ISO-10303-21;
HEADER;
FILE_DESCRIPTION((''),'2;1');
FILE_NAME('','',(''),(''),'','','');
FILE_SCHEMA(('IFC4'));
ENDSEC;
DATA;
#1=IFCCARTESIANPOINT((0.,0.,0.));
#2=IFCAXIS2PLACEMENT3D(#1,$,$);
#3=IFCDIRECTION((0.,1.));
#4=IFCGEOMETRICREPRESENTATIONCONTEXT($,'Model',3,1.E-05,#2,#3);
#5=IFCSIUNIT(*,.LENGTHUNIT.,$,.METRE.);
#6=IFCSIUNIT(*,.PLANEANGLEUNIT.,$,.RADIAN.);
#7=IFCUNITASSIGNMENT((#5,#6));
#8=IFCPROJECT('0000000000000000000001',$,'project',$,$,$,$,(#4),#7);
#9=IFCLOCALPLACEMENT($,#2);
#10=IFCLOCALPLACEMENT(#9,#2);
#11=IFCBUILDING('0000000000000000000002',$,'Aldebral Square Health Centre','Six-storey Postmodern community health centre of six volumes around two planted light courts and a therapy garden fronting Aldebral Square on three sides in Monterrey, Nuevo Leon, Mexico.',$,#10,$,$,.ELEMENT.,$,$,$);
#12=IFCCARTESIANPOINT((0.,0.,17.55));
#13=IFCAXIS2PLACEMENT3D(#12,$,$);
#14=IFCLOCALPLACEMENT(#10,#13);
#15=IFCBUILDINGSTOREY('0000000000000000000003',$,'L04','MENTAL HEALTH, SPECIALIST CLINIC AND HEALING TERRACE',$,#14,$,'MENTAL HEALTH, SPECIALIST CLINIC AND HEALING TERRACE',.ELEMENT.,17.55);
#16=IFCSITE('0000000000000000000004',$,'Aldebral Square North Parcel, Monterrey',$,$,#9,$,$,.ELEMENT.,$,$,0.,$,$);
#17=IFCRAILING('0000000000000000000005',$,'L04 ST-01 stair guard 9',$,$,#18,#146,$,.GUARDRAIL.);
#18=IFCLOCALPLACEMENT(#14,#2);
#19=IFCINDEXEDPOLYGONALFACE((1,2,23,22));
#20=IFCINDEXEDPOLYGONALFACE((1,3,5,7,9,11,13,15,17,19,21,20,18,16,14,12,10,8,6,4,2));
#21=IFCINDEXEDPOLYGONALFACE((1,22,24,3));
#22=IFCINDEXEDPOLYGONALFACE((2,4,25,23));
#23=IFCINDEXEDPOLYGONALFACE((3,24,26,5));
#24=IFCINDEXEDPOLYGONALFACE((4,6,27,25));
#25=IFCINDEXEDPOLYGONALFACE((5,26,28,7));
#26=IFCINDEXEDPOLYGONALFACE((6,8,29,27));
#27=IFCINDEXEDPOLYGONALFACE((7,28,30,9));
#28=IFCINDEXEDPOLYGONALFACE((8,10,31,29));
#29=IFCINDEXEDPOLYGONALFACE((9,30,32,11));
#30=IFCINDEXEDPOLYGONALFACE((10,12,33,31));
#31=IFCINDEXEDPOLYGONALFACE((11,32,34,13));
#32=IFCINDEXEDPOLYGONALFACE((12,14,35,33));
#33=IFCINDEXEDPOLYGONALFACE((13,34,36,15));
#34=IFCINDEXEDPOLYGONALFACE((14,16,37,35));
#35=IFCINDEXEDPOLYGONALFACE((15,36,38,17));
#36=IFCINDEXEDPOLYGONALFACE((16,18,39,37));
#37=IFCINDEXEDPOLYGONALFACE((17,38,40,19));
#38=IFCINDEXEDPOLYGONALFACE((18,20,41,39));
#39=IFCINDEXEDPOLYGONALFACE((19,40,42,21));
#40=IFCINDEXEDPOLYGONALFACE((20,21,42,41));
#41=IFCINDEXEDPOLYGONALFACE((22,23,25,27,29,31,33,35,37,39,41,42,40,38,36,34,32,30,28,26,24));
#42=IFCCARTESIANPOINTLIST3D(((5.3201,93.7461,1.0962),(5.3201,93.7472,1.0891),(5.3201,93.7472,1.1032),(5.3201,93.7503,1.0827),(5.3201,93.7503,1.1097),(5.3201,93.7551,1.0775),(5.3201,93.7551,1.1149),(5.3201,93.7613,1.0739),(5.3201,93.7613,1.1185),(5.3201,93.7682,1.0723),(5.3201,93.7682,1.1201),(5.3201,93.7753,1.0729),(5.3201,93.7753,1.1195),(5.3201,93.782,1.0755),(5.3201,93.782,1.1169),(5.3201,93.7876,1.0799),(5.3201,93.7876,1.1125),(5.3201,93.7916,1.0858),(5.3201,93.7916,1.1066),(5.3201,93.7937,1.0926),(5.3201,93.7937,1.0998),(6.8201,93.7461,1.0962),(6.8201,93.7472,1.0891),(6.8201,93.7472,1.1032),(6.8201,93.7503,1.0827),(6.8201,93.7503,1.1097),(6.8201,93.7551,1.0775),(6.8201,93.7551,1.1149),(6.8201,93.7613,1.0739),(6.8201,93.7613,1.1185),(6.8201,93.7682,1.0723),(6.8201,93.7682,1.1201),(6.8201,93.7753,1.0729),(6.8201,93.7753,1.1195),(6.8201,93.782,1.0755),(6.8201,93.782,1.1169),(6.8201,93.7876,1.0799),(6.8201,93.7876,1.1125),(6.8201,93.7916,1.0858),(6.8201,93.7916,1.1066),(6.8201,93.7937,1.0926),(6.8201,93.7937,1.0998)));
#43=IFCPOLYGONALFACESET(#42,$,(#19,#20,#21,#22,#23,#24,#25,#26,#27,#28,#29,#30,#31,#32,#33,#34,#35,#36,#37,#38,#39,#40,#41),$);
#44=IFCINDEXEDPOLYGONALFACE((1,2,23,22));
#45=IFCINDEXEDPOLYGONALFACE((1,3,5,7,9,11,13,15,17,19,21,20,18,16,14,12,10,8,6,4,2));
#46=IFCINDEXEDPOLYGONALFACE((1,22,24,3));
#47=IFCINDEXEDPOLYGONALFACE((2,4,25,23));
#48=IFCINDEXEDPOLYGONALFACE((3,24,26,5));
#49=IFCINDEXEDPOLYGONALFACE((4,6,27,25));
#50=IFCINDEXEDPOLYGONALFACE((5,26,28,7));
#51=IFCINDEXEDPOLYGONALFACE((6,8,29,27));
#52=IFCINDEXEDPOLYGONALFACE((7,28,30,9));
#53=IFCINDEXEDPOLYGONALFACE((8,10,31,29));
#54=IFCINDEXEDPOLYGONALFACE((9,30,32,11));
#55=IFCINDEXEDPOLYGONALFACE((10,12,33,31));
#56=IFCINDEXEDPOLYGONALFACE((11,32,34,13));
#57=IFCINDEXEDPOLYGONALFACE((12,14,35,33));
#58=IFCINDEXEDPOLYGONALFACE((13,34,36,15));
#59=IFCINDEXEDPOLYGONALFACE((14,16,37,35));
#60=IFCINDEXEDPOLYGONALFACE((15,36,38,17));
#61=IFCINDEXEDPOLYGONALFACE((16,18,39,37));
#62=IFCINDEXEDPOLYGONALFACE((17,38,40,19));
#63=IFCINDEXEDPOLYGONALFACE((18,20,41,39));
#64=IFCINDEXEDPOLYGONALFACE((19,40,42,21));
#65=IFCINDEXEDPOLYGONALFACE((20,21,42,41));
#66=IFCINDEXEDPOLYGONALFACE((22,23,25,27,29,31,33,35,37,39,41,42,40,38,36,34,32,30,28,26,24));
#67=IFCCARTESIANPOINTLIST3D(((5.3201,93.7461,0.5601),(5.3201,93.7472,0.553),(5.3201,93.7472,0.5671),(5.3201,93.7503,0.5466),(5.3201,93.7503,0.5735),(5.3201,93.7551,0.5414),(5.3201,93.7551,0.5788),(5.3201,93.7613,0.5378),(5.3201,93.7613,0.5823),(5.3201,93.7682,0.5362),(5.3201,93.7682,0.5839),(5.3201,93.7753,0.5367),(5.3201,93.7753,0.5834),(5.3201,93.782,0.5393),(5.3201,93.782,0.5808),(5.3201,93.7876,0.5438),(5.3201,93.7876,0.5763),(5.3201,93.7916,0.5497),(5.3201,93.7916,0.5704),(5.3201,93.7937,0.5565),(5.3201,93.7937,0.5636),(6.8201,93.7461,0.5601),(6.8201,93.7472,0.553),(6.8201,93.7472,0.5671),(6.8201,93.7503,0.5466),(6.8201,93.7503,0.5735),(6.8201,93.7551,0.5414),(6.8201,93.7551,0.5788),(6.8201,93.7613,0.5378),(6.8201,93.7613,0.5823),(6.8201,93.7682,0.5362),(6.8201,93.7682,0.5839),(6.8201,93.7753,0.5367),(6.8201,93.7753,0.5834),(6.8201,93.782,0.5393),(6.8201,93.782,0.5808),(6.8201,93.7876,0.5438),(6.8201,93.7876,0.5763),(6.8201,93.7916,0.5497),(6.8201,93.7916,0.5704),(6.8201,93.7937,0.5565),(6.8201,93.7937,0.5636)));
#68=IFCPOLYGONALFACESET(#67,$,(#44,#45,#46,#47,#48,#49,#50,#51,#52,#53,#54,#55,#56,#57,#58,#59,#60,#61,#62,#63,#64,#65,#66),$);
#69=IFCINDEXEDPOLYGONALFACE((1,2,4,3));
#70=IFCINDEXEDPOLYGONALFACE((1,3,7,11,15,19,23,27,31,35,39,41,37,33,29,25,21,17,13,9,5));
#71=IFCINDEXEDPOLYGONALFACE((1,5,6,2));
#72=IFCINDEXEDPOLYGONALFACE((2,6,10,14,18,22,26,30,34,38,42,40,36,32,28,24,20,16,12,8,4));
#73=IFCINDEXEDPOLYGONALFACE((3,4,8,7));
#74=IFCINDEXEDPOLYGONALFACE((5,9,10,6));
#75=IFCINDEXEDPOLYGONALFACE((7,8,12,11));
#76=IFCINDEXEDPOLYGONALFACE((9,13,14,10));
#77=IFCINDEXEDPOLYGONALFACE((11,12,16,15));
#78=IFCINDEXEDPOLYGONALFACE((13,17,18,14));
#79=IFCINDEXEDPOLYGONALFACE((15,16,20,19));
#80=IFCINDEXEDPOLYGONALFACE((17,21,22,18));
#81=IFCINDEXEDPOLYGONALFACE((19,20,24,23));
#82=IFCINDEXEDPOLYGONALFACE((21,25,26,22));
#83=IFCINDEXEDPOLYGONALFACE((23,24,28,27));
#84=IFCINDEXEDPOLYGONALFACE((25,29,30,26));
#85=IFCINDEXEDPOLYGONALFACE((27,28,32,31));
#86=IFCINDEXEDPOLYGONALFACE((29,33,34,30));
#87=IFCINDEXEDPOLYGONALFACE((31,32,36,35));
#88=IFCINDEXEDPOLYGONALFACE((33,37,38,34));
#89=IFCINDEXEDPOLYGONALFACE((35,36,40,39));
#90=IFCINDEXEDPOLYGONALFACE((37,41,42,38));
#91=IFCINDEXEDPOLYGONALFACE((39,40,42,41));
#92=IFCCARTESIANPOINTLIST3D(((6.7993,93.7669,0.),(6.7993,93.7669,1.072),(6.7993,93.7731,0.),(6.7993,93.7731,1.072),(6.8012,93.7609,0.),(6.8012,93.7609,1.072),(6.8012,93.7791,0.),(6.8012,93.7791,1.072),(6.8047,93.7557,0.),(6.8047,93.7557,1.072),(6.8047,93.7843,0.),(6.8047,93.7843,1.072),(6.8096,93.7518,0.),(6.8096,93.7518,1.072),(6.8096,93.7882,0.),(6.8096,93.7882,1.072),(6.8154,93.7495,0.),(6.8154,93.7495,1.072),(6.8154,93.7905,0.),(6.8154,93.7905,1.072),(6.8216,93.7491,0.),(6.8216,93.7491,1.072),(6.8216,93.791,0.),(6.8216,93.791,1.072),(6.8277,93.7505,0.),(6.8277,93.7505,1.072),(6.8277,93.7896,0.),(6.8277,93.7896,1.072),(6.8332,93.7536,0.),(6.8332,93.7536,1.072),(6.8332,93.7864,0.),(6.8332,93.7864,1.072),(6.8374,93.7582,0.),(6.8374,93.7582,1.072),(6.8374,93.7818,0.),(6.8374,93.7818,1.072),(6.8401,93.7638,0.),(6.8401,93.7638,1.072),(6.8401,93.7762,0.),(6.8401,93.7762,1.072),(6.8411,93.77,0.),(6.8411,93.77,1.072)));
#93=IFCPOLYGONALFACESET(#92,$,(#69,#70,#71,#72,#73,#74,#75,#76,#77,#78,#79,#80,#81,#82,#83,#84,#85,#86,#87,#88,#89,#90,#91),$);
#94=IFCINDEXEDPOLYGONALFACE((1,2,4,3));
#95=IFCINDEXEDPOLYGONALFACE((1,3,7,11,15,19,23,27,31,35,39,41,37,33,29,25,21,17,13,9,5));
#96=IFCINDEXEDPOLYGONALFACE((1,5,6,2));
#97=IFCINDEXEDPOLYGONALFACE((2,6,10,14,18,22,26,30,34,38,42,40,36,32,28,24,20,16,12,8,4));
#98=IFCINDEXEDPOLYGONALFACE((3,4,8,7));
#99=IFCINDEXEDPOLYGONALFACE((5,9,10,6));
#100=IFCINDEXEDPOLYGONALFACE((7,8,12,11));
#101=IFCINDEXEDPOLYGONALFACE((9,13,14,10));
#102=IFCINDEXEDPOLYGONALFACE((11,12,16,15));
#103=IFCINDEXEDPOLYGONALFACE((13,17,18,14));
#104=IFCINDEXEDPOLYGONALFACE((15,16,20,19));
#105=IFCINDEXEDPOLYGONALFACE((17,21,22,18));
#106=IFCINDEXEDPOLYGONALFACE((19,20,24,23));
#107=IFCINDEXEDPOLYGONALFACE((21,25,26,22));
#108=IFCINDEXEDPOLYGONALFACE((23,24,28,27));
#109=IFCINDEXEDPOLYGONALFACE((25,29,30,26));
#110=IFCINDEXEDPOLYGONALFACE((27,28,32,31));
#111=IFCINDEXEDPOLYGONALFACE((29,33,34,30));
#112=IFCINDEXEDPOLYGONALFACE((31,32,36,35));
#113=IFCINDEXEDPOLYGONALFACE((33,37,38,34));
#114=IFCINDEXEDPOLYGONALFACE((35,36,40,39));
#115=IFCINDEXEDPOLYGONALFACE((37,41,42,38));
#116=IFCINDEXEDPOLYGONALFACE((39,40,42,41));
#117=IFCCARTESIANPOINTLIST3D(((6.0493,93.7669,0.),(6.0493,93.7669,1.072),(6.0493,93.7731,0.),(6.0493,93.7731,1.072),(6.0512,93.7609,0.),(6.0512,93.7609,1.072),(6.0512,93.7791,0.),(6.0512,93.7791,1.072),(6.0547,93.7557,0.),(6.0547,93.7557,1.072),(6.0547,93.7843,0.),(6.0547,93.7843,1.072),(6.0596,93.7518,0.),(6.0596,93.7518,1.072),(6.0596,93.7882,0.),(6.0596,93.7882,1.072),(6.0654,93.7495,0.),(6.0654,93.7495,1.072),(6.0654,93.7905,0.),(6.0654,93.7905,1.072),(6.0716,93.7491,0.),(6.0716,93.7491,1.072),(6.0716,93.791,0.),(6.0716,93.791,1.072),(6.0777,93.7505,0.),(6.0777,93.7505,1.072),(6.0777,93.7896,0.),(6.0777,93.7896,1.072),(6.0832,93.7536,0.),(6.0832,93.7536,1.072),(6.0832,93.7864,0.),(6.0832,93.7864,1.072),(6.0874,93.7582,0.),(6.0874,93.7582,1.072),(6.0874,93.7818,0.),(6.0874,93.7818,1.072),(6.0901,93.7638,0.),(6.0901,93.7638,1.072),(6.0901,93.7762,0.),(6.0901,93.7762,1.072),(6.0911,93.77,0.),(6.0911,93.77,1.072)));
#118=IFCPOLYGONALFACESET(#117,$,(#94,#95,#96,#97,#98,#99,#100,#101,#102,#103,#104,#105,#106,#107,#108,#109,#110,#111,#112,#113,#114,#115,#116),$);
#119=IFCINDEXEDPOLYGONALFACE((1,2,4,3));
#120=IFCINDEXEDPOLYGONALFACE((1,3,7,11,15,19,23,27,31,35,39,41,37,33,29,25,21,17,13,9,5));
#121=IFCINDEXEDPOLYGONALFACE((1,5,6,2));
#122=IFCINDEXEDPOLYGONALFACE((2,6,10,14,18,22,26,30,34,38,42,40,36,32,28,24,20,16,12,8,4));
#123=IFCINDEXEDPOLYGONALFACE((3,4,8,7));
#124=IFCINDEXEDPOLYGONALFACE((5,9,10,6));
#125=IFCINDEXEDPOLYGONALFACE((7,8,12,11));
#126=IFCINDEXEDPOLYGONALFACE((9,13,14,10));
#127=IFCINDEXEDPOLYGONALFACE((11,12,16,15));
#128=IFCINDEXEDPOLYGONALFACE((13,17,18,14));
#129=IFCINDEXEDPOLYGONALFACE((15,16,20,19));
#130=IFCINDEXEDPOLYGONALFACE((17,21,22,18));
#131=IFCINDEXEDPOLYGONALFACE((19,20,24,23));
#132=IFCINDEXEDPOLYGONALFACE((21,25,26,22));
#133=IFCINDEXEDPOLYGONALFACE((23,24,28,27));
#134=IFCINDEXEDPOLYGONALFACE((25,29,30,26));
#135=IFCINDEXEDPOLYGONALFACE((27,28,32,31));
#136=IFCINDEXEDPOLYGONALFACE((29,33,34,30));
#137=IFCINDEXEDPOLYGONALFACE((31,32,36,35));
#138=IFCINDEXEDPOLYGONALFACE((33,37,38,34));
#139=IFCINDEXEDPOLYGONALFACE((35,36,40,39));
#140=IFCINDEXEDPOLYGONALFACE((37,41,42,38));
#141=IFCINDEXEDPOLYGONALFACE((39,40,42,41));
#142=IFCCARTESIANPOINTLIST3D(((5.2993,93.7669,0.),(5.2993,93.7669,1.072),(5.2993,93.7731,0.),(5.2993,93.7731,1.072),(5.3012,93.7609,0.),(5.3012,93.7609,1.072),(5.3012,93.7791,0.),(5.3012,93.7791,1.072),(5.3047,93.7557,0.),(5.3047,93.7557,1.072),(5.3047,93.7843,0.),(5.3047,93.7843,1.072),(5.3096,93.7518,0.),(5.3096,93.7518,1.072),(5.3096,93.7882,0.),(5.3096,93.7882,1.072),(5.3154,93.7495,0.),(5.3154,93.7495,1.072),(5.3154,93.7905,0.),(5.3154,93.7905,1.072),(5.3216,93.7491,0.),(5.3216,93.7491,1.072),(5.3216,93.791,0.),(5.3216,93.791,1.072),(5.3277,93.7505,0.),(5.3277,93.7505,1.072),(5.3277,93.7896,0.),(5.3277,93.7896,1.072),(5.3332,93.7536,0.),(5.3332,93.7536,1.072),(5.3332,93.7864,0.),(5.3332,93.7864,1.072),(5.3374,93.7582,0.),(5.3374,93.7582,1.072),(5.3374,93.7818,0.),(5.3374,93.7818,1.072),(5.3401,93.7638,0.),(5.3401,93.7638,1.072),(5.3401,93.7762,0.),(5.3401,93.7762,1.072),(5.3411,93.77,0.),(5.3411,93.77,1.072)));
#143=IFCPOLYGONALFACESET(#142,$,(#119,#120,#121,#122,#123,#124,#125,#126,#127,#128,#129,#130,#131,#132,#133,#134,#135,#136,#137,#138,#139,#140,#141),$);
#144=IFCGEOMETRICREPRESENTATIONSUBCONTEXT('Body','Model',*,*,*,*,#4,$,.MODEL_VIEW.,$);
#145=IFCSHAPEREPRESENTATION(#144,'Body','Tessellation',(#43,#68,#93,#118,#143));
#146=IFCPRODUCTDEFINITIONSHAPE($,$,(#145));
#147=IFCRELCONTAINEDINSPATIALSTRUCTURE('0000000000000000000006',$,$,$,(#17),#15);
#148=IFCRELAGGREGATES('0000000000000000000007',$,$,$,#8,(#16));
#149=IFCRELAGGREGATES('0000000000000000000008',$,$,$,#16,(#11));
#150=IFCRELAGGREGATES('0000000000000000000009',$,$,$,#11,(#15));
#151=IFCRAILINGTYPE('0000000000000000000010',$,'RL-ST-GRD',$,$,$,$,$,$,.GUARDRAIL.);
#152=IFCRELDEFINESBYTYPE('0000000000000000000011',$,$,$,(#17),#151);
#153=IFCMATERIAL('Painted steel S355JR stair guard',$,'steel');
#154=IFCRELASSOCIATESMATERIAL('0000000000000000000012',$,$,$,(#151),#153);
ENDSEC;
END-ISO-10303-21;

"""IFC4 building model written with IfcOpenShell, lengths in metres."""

from ifc_helpers import new_model, si_unit, direction, frame, origin, origin_2d, place, context, subcontext, project, spatial, circle, extrude, material, type_object, element, save


model = new_model("IFC4")

# Units and contexts
model_context = context("Model", 3, precision=1e-05, world=origin(), true_north=direction((0.0, 1.0)))
body_context = subcontext(model_context, "Body", "Model", "MODEL_VIEW")
ifc_project = project(units=[si_unit("LENGTHUNIT", "METRE"), si_unit("PLANEANGLEUNIT", "RADIAN")], contexts=[model_context])

# Site, building, storey
site_placement = place(None, origin())
site = spatial("IfcSite", under=ifc_project, at=site_placement, Name="Aldebral Square North Parcel, Monterrey", CompositionType="ELEMENT", RefElevation=0.0)
building_placement = place(site_placement, origin())
building = spatial("IfcBuilding", under=site, at=building_placement, Name="Aldebral Square Health Centre", Description="Six-storey Postmodern community health centre of six volumes around two planted light courts and a therapy garden fronting Aldebral Square on three sides in Monterrey, Nuevo Leon, Mexico.", CompositionType="ELEMENT")
storey_placement = place(building_placement, frame((0.0, 0.0, 17.55)))
storey = spatial("IfcBuildingStorey", under=building, at=storey_placement, Name="L04", Description="MENTAL HEALTH, SPECIALIST CLINIC AND HEALING TERRACE", LongName="MENTAL HEALTH, SPECIALIST CLINIC AND HEALING TERRACE", CompositionType="ELEMENT", Elevation=17.55)

# Railing
ifc_material_1 = material(Name="Painted steel S355JR stair guard", Category="steel")
railing_type_1 = type_object("IfcRailingType", Name="RL-ST-GRD", PredefinedType="GUARDRAIL", material=ifc_material_1)
for number, where, name in (
    (1, (6.8201, 93.77, 0.0), "L04 ST-01 stair guard 9"),
):
    element("IfcRailing", number, at=place(storey_placement, frame(where)), inside=storey, type_object=railing_type_1, Name=name, PredefinedType="GUARDRAIL", context=body_context, shape_type="SweptSolid", body=[
        extrude(circle(Radius=0.0239, at=origin_2d()), frame((0.0, 0.0, 1.0962), z_axis=(-1.0, 0.0, 0.0), x_axis=(0.0, -1.0, 0.0)), (0.0, 0.0, 1.0), 1.5),
        extrude(circle(Radius=0.0239, at=origin_2d()), frame((0.0, 0.0, 0.5601), z_axis=(-1.0, 0.0, 0.0), x_axis=(0.0, -1.0, 0.0)), (0.0, 0.0, 1.0), 1.5),
        extrude(circle(Radius=0.021, at=origin_2d()), origin(), (0.0, 0.0, 1.0), 1.072),
        extrude(circle(Radius=0.021, at=origin_2d()), frame((-0.75, 0.0, 0.0)), (0.0, 0.0, 1.0), 1.072),
        extrude(circle(Radius=0.021, at=origin_2d()), frame((-1.5, 0.0, 0.0)), (0.0, 0.0, 1.0), 1.072),
    ])

save(model, "model.ifc")
